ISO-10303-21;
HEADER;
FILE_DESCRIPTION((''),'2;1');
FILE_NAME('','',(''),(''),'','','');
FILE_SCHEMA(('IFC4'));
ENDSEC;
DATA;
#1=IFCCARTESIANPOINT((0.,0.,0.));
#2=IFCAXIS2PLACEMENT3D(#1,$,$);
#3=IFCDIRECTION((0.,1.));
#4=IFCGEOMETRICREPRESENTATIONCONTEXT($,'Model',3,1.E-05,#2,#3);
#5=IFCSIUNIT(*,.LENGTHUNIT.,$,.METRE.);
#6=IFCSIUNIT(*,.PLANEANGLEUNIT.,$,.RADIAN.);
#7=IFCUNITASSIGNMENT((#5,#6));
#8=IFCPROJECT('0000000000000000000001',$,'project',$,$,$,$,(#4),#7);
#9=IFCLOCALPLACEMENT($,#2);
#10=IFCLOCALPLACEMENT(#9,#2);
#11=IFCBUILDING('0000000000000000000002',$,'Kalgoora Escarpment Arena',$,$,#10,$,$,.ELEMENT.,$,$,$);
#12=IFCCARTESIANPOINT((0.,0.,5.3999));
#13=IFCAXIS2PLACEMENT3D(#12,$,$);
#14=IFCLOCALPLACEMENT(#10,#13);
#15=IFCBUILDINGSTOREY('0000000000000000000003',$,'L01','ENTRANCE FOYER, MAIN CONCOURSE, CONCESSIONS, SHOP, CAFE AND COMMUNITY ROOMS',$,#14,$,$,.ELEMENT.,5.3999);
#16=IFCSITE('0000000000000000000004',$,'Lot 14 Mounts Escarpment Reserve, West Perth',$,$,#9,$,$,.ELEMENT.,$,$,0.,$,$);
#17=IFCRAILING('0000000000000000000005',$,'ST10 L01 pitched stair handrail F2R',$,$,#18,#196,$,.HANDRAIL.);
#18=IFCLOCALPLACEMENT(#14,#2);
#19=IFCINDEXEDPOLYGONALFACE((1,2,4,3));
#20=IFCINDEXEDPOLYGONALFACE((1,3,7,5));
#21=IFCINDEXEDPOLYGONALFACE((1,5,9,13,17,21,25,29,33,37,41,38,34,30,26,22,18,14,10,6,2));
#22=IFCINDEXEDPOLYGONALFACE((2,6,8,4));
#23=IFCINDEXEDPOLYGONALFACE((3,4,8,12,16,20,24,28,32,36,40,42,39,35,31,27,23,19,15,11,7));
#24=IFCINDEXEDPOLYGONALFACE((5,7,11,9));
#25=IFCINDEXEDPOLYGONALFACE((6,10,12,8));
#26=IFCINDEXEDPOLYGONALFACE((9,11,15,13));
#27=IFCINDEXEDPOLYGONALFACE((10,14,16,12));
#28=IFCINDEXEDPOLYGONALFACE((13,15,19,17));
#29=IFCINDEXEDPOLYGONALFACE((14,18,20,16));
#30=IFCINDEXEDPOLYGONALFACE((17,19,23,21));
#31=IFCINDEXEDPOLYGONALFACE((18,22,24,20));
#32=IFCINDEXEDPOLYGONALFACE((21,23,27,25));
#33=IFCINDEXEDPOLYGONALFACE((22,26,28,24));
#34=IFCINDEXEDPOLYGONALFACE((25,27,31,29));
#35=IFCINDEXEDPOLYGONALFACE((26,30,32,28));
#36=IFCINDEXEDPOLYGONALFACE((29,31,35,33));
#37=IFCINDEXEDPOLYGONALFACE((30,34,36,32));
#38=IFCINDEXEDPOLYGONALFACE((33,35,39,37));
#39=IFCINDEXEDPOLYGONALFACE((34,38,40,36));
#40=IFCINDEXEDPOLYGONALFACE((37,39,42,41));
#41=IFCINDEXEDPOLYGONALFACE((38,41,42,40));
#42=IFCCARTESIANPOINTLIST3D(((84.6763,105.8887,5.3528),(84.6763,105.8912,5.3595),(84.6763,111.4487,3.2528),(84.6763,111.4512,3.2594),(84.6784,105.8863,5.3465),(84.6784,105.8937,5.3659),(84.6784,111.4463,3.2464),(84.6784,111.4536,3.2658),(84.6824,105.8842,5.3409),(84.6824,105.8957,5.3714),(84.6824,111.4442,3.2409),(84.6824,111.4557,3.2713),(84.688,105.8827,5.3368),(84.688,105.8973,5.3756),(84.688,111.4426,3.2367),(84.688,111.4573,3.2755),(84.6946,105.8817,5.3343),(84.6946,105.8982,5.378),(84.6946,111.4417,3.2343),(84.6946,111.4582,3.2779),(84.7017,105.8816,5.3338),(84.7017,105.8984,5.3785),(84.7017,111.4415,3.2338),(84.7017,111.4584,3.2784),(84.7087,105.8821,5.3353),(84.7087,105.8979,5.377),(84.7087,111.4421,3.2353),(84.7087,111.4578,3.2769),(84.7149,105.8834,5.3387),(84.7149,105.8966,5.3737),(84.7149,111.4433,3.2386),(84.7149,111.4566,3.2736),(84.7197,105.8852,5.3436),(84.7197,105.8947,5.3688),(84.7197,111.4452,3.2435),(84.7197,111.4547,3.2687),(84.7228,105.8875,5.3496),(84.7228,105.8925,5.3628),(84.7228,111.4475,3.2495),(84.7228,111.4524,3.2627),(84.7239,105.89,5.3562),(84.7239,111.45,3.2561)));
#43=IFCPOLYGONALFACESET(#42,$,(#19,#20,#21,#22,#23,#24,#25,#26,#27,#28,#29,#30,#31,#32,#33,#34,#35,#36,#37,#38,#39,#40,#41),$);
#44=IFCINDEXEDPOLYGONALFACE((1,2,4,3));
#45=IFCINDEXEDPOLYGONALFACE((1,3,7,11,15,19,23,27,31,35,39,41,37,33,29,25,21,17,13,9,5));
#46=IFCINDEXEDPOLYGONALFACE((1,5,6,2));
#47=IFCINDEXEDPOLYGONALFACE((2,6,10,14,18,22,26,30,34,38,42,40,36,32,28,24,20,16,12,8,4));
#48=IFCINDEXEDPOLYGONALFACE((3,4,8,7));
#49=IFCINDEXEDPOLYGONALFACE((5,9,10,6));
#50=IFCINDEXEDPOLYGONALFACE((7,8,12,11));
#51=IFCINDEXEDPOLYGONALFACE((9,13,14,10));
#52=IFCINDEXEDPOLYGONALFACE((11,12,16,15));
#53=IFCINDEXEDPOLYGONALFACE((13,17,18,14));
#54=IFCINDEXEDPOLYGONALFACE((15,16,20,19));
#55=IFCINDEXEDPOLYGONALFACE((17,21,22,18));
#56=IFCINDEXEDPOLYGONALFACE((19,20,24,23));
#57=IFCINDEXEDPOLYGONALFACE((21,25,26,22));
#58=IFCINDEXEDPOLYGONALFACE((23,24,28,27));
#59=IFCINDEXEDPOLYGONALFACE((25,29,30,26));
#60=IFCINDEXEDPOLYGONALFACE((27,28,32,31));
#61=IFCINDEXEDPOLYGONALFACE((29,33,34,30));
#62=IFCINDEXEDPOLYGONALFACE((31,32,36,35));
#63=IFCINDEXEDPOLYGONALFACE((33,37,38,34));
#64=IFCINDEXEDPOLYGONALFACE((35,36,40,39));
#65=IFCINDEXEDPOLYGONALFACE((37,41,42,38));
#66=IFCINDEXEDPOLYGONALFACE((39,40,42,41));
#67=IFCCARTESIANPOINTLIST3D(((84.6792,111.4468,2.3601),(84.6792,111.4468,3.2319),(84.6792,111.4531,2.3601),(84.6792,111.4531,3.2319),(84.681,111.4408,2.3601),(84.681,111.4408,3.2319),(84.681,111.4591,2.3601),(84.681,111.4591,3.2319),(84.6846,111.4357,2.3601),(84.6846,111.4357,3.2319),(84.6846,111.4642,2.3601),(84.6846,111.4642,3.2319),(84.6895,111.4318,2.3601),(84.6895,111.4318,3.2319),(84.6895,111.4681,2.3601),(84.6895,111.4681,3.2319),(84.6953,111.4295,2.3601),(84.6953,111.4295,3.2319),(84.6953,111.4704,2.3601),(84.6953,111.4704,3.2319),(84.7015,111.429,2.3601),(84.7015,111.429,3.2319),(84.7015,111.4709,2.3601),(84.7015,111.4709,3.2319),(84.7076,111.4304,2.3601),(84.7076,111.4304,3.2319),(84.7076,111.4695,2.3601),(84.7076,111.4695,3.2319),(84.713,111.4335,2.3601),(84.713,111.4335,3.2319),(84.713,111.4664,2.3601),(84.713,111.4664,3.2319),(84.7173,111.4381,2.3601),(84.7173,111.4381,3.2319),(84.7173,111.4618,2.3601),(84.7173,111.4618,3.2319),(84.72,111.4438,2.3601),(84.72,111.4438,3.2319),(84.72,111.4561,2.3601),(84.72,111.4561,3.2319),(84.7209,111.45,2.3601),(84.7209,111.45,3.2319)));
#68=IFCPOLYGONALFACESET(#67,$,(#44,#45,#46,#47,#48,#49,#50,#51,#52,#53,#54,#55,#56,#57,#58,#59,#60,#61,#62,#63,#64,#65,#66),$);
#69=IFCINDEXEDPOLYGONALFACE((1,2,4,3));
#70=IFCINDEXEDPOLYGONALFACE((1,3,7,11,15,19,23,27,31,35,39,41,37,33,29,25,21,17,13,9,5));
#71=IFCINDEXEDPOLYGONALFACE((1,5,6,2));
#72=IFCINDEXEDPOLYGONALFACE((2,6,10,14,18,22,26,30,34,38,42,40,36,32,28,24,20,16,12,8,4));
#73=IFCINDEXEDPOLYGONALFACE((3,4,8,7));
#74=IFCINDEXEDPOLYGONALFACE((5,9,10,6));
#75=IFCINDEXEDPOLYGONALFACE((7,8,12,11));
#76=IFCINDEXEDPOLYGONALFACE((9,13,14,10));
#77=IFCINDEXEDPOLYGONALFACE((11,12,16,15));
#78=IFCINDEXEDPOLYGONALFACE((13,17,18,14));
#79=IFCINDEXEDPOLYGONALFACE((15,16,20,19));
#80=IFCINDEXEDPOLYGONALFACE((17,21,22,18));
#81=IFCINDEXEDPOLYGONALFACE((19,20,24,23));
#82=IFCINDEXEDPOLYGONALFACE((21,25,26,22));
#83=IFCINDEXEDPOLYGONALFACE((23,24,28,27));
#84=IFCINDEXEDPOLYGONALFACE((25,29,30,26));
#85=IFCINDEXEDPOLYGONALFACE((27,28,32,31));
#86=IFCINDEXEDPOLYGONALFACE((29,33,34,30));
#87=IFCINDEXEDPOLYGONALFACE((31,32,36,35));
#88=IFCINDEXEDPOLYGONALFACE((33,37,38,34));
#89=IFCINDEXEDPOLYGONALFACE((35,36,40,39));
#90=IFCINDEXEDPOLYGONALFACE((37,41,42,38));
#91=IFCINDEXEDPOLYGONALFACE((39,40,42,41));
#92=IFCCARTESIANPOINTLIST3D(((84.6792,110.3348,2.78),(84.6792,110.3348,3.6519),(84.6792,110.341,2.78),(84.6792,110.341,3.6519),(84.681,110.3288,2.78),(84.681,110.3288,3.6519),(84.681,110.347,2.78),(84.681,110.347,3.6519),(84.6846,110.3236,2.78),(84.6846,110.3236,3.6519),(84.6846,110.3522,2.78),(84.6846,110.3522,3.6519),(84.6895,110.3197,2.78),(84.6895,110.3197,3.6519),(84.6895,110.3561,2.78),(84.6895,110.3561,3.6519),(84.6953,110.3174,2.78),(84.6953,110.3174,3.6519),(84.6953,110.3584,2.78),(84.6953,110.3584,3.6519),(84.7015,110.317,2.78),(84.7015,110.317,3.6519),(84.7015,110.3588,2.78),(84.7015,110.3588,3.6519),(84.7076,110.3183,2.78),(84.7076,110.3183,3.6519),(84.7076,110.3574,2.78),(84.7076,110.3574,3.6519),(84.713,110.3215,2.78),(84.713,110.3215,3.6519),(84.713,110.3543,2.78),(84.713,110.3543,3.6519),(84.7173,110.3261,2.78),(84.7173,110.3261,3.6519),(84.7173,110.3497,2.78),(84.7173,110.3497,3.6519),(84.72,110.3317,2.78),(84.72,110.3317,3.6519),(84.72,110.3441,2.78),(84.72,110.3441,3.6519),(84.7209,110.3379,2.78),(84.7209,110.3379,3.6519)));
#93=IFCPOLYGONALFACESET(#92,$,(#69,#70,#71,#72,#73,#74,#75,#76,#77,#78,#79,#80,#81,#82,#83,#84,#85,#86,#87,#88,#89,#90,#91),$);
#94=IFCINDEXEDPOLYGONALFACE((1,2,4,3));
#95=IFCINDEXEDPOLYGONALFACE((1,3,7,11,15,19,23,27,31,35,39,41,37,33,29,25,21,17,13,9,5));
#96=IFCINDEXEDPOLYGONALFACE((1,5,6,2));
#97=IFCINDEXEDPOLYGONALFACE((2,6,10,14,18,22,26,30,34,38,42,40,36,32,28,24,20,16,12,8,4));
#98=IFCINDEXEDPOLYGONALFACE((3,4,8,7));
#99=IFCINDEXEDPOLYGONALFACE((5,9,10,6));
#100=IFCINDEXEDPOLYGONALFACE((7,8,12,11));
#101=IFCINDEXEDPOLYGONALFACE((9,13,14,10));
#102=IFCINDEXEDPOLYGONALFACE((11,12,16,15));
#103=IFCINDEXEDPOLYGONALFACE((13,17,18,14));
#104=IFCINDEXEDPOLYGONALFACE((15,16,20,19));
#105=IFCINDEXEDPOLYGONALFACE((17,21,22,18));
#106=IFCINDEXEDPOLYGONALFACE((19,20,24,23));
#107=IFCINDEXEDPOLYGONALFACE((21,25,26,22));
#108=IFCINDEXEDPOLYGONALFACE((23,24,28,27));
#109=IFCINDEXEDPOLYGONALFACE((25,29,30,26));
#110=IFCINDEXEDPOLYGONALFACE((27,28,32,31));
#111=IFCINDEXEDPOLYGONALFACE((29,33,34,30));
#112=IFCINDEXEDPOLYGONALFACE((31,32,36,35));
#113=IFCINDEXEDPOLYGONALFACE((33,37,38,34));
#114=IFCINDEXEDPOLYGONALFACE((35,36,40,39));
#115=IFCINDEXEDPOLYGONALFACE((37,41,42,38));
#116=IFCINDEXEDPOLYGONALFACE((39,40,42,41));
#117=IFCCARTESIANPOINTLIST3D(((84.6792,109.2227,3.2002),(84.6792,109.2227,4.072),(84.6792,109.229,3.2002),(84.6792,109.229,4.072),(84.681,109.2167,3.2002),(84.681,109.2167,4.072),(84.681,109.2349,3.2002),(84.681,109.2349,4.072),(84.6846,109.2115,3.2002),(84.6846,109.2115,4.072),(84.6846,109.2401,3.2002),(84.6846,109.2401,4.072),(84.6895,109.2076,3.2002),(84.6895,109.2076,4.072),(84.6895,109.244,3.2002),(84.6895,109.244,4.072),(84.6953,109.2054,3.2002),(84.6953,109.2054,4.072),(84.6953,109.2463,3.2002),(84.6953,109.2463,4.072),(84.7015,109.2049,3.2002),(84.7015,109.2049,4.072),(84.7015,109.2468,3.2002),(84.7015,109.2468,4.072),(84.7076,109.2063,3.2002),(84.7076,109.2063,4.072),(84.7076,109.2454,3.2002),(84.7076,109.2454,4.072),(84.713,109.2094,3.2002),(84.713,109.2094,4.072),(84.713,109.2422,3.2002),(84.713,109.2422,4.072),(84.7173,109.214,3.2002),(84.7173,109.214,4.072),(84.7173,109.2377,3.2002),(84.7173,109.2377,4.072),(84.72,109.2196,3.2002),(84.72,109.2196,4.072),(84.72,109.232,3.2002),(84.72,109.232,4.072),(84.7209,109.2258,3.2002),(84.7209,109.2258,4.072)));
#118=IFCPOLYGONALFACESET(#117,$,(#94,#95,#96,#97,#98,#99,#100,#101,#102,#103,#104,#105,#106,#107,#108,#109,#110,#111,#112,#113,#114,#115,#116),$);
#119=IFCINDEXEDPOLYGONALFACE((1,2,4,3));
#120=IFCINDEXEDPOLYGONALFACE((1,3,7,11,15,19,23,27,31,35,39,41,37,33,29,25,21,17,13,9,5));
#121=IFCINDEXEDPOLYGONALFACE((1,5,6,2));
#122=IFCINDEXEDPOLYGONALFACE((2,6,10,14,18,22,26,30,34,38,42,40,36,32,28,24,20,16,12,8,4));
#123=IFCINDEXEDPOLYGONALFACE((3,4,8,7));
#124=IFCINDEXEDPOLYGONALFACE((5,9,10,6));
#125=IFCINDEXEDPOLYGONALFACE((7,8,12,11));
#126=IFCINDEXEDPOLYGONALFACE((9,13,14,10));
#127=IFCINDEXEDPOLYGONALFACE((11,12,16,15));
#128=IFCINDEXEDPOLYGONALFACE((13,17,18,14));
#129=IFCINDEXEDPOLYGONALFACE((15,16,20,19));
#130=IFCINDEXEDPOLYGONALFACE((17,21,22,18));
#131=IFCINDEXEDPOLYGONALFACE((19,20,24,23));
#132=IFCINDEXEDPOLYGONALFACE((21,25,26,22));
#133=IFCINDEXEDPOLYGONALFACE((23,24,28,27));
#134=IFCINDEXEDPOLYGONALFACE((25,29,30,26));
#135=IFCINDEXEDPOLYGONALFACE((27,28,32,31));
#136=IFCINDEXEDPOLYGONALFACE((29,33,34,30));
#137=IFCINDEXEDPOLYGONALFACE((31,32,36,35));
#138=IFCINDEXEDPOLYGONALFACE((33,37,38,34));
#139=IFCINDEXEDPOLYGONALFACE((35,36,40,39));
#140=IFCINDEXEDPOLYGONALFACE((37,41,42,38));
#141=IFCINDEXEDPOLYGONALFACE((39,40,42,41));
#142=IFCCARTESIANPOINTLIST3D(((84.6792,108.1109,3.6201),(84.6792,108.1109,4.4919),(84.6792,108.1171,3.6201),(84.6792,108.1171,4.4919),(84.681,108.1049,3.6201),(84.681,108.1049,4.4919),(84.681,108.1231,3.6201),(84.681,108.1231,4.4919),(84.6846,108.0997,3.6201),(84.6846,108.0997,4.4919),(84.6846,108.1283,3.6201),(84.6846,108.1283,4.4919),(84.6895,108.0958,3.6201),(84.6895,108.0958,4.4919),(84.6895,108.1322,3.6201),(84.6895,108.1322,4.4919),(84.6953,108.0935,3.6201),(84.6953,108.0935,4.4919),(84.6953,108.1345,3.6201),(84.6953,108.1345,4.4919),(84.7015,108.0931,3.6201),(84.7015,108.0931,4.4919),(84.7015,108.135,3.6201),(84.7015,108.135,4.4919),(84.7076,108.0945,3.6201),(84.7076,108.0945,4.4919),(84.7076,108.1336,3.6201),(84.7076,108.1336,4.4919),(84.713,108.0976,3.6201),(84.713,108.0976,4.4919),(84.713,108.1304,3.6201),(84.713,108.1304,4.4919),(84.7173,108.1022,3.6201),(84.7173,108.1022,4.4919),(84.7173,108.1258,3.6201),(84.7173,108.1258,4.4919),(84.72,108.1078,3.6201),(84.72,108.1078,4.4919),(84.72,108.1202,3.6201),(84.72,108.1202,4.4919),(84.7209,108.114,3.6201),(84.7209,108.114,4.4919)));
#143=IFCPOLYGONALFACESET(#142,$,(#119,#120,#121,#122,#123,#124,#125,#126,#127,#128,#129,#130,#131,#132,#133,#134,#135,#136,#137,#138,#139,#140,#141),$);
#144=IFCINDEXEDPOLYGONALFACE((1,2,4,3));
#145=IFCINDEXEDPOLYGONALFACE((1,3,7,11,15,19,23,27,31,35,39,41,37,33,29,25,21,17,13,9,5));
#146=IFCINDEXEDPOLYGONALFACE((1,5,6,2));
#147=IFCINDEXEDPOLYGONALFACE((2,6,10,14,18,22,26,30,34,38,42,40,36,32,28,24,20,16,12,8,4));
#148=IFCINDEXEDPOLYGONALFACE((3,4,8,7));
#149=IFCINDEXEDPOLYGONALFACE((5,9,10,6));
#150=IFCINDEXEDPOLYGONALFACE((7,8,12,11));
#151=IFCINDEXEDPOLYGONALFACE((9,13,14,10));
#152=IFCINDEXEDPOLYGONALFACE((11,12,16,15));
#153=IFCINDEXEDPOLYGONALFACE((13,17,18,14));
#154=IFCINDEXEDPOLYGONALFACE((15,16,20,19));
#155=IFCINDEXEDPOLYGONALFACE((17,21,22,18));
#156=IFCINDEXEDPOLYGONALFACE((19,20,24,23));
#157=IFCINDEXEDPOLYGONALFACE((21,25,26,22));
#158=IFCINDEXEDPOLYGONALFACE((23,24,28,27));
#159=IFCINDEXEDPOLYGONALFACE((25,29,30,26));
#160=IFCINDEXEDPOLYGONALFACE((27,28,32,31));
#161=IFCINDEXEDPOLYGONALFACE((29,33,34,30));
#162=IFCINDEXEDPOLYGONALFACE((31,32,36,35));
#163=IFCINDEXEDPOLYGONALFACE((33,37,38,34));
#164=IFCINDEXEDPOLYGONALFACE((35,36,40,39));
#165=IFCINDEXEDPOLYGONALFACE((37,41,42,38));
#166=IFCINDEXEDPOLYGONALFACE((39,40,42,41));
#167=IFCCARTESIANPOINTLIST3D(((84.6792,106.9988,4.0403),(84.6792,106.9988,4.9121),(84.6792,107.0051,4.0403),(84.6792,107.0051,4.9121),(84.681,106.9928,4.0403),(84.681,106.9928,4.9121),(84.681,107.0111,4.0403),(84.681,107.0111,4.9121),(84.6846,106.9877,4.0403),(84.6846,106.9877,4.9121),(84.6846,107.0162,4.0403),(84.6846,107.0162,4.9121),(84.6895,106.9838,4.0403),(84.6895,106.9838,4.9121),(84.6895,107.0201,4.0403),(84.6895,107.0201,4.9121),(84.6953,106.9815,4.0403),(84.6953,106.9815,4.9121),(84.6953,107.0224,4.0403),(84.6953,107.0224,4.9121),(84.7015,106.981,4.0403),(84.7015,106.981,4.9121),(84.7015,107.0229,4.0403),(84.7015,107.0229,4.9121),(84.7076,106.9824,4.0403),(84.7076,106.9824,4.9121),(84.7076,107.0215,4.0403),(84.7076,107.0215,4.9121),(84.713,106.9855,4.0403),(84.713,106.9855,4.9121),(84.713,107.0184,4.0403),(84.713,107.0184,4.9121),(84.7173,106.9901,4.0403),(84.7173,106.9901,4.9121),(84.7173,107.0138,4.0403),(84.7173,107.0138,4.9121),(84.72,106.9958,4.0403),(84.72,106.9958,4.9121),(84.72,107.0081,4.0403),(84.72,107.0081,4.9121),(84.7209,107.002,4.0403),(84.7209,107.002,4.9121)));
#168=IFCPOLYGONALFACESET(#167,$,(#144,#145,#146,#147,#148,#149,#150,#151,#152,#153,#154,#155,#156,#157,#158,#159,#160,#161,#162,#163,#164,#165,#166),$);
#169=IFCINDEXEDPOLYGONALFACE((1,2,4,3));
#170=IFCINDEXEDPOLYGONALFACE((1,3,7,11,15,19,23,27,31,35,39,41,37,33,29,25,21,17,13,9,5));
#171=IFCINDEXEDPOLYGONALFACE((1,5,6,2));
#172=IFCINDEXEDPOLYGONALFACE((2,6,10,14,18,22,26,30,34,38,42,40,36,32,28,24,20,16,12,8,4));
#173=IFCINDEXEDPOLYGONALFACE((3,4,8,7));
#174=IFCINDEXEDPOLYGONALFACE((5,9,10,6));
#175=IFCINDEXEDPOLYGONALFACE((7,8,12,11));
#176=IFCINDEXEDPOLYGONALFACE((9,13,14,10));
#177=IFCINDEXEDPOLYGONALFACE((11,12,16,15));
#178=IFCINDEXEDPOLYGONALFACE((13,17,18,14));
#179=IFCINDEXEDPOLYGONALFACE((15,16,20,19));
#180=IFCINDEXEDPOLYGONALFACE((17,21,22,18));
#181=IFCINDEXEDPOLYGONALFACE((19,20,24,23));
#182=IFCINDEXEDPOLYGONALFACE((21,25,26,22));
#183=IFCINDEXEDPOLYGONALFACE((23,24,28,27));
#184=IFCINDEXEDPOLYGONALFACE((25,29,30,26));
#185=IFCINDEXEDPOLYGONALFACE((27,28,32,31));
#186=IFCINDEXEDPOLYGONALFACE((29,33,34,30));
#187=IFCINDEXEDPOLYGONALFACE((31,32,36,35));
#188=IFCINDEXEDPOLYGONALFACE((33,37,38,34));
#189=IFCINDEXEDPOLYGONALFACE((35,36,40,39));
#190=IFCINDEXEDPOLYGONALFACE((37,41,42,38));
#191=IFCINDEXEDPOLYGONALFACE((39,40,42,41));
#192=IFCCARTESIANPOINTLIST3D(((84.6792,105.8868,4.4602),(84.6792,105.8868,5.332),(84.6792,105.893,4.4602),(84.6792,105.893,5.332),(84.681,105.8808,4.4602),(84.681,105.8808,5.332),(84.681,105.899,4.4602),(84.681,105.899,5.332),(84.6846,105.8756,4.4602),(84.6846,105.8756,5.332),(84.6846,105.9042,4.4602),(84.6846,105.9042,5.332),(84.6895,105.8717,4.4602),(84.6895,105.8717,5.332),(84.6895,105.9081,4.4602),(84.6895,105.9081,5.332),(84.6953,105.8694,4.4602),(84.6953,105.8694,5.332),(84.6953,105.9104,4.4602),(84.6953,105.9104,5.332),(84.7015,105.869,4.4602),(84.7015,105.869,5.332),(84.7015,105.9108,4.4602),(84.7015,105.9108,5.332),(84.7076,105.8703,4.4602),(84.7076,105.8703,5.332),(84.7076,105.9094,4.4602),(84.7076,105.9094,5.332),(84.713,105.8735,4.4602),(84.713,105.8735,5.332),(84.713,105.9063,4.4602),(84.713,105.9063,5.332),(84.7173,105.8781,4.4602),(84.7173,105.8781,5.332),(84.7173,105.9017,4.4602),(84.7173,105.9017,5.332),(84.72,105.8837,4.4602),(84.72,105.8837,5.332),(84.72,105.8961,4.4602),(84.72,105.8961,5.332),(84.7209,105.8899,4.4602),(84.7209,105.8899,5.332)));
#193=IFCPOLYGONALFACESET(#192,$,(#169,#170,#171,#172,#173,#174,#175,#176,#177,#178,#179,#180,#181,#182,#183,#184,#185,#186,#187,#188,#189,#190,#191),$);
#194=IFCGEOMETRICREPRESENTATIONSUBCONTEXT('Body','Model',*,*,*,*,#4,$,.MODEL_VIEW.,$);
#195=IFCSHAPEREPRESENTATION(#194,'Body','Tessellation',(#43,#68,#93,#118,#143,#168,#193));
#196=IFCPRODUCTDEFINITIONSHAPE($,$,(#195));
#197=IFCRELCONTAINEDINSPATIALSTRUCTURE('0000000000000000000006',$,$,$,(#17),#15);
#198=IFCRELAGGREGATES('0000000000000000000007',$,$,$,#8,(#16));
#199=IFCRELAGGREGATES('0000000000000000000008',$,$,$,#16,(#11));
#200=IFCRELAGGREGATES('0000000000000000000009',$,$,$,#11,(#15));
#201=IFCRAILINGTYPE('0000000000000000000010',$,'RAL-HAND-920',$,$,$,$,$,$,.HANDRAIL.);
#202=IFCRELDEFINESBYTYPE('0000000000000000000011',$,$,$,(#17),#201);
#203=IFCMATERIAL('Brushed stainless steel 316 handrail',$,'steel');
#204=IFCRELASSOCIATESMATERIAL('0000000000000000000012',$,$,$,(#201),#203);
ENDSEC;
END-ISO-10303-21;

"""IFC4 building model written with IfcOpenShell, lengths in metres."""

from ifc_helpers import new_model, si_unit, direction, frame, origin, origin_2d, place, context, subcontext, project, spatial, circle, extrude, material, type_object, element, save


model = new_model("IFC4")

# Units and contexts
model_context = context("Model", 3, precision=1e-05, world=origin(), true_north=direction((0.0, 1.0)))
body_context = subcontext(model_context, "Body", "Model", "MODEL_VIEW")
ifc_project = project(units=[si_unit("LENGTHUNIT", "METRE"), si_unit("PLANEANGLEUNIT", "RADIAN")], contexts=[model_context])

# Site, building, storey
site_placement = place(None, origin())
site = spatial("IfcSite", under=ifc_project, at=site_placement, Name="Lot 14 Mounts Escarpment Reserve, West Perth", CompositionType="ELEMENT", RefElevation=0.0)
building_placement = place(site_placement, origin())
building = spatial("IfcBuilding", under=site, at=building_placement, Name="Kalgoora Escarpment Arena", CompositionType="ELEMENT")
storey_placement = place(building_placement, frame((0.0, 0.0, 5.3999)))
storey = spatial("IfcBuildingStorey", under=building, at=storey_placement, Name="L01", Description="ENTRANCE FOYER, MAIN CONCOURSE, CONCESSIONS, SHOP, CAFE AND COMMUNITY ROOMS", CompositionType="ELEMENT", Elevation=5.3999)

# Railing
ifc_material_1 = material(Name="Brushed stainless steel 316 handrail", Category="steel")
railing_type_1 = type_object("IfcRailingType", Name="RAL-HAND-920", PredefinedType="HANDRAIL", material=ifc_material_1)
for number, where, name in (
    (1, (84.7, 111.45, 2.3601), "ST10 L01 pitched stair handrail F2R"),
):
    element("IfcRailing", number, at=place(storey_placement, frame(where)), inside=storey, type_object=railing_type_1, Name=name, PredefinedType="HANDRAIL", context=body_context, shape_type="SweptSolid", body=[
        extrude(circle(Radius=0.0239, at=origin_2d()), frame((0.0, 0.0, 0.896), z_axis=(0.0, -0.935493, 0.353346), x_axis=(1.0, 0.0, 0.0)), (0.0, 0.0, 1.0), 5.9434),
        extrude(circle(Radius=0.021, at=origin_2d()), origin(), (0.0, 0.0, 1.0), 0.8718),
        extrude(circle(Radius=0.021, at=origin_2d()), frame((0.0, -1.1121, 0.4199)), (0.0, 0.0, 1.0), 0.8718),
        extrude(circle(Radius=0.021, at=origin_2d()), frame((0.0, -2.2241, 0.8401)), (0.0, 0.0, 1.0), 0.8718),
        extrude(circle(Radius=0.021, at=origin_2d()), frame((0.0, -3.3359, 1.26)), (0.0, 0.0, 1.0), 0.8718),
        extrude(circle(Radius=0.021, at=origin_2d()), frame((0.0, -4.448, 1.6802)), (0.0, 0.0, 1.0), 0.8718),
        extrude(circle(Radius=0.021, at=origin_2d()), frame((0.0, -5.5601, 2.1001)), (0.0, 0.0, 1.0), 0.8718),
    ])

save(model, "model.ifc")
